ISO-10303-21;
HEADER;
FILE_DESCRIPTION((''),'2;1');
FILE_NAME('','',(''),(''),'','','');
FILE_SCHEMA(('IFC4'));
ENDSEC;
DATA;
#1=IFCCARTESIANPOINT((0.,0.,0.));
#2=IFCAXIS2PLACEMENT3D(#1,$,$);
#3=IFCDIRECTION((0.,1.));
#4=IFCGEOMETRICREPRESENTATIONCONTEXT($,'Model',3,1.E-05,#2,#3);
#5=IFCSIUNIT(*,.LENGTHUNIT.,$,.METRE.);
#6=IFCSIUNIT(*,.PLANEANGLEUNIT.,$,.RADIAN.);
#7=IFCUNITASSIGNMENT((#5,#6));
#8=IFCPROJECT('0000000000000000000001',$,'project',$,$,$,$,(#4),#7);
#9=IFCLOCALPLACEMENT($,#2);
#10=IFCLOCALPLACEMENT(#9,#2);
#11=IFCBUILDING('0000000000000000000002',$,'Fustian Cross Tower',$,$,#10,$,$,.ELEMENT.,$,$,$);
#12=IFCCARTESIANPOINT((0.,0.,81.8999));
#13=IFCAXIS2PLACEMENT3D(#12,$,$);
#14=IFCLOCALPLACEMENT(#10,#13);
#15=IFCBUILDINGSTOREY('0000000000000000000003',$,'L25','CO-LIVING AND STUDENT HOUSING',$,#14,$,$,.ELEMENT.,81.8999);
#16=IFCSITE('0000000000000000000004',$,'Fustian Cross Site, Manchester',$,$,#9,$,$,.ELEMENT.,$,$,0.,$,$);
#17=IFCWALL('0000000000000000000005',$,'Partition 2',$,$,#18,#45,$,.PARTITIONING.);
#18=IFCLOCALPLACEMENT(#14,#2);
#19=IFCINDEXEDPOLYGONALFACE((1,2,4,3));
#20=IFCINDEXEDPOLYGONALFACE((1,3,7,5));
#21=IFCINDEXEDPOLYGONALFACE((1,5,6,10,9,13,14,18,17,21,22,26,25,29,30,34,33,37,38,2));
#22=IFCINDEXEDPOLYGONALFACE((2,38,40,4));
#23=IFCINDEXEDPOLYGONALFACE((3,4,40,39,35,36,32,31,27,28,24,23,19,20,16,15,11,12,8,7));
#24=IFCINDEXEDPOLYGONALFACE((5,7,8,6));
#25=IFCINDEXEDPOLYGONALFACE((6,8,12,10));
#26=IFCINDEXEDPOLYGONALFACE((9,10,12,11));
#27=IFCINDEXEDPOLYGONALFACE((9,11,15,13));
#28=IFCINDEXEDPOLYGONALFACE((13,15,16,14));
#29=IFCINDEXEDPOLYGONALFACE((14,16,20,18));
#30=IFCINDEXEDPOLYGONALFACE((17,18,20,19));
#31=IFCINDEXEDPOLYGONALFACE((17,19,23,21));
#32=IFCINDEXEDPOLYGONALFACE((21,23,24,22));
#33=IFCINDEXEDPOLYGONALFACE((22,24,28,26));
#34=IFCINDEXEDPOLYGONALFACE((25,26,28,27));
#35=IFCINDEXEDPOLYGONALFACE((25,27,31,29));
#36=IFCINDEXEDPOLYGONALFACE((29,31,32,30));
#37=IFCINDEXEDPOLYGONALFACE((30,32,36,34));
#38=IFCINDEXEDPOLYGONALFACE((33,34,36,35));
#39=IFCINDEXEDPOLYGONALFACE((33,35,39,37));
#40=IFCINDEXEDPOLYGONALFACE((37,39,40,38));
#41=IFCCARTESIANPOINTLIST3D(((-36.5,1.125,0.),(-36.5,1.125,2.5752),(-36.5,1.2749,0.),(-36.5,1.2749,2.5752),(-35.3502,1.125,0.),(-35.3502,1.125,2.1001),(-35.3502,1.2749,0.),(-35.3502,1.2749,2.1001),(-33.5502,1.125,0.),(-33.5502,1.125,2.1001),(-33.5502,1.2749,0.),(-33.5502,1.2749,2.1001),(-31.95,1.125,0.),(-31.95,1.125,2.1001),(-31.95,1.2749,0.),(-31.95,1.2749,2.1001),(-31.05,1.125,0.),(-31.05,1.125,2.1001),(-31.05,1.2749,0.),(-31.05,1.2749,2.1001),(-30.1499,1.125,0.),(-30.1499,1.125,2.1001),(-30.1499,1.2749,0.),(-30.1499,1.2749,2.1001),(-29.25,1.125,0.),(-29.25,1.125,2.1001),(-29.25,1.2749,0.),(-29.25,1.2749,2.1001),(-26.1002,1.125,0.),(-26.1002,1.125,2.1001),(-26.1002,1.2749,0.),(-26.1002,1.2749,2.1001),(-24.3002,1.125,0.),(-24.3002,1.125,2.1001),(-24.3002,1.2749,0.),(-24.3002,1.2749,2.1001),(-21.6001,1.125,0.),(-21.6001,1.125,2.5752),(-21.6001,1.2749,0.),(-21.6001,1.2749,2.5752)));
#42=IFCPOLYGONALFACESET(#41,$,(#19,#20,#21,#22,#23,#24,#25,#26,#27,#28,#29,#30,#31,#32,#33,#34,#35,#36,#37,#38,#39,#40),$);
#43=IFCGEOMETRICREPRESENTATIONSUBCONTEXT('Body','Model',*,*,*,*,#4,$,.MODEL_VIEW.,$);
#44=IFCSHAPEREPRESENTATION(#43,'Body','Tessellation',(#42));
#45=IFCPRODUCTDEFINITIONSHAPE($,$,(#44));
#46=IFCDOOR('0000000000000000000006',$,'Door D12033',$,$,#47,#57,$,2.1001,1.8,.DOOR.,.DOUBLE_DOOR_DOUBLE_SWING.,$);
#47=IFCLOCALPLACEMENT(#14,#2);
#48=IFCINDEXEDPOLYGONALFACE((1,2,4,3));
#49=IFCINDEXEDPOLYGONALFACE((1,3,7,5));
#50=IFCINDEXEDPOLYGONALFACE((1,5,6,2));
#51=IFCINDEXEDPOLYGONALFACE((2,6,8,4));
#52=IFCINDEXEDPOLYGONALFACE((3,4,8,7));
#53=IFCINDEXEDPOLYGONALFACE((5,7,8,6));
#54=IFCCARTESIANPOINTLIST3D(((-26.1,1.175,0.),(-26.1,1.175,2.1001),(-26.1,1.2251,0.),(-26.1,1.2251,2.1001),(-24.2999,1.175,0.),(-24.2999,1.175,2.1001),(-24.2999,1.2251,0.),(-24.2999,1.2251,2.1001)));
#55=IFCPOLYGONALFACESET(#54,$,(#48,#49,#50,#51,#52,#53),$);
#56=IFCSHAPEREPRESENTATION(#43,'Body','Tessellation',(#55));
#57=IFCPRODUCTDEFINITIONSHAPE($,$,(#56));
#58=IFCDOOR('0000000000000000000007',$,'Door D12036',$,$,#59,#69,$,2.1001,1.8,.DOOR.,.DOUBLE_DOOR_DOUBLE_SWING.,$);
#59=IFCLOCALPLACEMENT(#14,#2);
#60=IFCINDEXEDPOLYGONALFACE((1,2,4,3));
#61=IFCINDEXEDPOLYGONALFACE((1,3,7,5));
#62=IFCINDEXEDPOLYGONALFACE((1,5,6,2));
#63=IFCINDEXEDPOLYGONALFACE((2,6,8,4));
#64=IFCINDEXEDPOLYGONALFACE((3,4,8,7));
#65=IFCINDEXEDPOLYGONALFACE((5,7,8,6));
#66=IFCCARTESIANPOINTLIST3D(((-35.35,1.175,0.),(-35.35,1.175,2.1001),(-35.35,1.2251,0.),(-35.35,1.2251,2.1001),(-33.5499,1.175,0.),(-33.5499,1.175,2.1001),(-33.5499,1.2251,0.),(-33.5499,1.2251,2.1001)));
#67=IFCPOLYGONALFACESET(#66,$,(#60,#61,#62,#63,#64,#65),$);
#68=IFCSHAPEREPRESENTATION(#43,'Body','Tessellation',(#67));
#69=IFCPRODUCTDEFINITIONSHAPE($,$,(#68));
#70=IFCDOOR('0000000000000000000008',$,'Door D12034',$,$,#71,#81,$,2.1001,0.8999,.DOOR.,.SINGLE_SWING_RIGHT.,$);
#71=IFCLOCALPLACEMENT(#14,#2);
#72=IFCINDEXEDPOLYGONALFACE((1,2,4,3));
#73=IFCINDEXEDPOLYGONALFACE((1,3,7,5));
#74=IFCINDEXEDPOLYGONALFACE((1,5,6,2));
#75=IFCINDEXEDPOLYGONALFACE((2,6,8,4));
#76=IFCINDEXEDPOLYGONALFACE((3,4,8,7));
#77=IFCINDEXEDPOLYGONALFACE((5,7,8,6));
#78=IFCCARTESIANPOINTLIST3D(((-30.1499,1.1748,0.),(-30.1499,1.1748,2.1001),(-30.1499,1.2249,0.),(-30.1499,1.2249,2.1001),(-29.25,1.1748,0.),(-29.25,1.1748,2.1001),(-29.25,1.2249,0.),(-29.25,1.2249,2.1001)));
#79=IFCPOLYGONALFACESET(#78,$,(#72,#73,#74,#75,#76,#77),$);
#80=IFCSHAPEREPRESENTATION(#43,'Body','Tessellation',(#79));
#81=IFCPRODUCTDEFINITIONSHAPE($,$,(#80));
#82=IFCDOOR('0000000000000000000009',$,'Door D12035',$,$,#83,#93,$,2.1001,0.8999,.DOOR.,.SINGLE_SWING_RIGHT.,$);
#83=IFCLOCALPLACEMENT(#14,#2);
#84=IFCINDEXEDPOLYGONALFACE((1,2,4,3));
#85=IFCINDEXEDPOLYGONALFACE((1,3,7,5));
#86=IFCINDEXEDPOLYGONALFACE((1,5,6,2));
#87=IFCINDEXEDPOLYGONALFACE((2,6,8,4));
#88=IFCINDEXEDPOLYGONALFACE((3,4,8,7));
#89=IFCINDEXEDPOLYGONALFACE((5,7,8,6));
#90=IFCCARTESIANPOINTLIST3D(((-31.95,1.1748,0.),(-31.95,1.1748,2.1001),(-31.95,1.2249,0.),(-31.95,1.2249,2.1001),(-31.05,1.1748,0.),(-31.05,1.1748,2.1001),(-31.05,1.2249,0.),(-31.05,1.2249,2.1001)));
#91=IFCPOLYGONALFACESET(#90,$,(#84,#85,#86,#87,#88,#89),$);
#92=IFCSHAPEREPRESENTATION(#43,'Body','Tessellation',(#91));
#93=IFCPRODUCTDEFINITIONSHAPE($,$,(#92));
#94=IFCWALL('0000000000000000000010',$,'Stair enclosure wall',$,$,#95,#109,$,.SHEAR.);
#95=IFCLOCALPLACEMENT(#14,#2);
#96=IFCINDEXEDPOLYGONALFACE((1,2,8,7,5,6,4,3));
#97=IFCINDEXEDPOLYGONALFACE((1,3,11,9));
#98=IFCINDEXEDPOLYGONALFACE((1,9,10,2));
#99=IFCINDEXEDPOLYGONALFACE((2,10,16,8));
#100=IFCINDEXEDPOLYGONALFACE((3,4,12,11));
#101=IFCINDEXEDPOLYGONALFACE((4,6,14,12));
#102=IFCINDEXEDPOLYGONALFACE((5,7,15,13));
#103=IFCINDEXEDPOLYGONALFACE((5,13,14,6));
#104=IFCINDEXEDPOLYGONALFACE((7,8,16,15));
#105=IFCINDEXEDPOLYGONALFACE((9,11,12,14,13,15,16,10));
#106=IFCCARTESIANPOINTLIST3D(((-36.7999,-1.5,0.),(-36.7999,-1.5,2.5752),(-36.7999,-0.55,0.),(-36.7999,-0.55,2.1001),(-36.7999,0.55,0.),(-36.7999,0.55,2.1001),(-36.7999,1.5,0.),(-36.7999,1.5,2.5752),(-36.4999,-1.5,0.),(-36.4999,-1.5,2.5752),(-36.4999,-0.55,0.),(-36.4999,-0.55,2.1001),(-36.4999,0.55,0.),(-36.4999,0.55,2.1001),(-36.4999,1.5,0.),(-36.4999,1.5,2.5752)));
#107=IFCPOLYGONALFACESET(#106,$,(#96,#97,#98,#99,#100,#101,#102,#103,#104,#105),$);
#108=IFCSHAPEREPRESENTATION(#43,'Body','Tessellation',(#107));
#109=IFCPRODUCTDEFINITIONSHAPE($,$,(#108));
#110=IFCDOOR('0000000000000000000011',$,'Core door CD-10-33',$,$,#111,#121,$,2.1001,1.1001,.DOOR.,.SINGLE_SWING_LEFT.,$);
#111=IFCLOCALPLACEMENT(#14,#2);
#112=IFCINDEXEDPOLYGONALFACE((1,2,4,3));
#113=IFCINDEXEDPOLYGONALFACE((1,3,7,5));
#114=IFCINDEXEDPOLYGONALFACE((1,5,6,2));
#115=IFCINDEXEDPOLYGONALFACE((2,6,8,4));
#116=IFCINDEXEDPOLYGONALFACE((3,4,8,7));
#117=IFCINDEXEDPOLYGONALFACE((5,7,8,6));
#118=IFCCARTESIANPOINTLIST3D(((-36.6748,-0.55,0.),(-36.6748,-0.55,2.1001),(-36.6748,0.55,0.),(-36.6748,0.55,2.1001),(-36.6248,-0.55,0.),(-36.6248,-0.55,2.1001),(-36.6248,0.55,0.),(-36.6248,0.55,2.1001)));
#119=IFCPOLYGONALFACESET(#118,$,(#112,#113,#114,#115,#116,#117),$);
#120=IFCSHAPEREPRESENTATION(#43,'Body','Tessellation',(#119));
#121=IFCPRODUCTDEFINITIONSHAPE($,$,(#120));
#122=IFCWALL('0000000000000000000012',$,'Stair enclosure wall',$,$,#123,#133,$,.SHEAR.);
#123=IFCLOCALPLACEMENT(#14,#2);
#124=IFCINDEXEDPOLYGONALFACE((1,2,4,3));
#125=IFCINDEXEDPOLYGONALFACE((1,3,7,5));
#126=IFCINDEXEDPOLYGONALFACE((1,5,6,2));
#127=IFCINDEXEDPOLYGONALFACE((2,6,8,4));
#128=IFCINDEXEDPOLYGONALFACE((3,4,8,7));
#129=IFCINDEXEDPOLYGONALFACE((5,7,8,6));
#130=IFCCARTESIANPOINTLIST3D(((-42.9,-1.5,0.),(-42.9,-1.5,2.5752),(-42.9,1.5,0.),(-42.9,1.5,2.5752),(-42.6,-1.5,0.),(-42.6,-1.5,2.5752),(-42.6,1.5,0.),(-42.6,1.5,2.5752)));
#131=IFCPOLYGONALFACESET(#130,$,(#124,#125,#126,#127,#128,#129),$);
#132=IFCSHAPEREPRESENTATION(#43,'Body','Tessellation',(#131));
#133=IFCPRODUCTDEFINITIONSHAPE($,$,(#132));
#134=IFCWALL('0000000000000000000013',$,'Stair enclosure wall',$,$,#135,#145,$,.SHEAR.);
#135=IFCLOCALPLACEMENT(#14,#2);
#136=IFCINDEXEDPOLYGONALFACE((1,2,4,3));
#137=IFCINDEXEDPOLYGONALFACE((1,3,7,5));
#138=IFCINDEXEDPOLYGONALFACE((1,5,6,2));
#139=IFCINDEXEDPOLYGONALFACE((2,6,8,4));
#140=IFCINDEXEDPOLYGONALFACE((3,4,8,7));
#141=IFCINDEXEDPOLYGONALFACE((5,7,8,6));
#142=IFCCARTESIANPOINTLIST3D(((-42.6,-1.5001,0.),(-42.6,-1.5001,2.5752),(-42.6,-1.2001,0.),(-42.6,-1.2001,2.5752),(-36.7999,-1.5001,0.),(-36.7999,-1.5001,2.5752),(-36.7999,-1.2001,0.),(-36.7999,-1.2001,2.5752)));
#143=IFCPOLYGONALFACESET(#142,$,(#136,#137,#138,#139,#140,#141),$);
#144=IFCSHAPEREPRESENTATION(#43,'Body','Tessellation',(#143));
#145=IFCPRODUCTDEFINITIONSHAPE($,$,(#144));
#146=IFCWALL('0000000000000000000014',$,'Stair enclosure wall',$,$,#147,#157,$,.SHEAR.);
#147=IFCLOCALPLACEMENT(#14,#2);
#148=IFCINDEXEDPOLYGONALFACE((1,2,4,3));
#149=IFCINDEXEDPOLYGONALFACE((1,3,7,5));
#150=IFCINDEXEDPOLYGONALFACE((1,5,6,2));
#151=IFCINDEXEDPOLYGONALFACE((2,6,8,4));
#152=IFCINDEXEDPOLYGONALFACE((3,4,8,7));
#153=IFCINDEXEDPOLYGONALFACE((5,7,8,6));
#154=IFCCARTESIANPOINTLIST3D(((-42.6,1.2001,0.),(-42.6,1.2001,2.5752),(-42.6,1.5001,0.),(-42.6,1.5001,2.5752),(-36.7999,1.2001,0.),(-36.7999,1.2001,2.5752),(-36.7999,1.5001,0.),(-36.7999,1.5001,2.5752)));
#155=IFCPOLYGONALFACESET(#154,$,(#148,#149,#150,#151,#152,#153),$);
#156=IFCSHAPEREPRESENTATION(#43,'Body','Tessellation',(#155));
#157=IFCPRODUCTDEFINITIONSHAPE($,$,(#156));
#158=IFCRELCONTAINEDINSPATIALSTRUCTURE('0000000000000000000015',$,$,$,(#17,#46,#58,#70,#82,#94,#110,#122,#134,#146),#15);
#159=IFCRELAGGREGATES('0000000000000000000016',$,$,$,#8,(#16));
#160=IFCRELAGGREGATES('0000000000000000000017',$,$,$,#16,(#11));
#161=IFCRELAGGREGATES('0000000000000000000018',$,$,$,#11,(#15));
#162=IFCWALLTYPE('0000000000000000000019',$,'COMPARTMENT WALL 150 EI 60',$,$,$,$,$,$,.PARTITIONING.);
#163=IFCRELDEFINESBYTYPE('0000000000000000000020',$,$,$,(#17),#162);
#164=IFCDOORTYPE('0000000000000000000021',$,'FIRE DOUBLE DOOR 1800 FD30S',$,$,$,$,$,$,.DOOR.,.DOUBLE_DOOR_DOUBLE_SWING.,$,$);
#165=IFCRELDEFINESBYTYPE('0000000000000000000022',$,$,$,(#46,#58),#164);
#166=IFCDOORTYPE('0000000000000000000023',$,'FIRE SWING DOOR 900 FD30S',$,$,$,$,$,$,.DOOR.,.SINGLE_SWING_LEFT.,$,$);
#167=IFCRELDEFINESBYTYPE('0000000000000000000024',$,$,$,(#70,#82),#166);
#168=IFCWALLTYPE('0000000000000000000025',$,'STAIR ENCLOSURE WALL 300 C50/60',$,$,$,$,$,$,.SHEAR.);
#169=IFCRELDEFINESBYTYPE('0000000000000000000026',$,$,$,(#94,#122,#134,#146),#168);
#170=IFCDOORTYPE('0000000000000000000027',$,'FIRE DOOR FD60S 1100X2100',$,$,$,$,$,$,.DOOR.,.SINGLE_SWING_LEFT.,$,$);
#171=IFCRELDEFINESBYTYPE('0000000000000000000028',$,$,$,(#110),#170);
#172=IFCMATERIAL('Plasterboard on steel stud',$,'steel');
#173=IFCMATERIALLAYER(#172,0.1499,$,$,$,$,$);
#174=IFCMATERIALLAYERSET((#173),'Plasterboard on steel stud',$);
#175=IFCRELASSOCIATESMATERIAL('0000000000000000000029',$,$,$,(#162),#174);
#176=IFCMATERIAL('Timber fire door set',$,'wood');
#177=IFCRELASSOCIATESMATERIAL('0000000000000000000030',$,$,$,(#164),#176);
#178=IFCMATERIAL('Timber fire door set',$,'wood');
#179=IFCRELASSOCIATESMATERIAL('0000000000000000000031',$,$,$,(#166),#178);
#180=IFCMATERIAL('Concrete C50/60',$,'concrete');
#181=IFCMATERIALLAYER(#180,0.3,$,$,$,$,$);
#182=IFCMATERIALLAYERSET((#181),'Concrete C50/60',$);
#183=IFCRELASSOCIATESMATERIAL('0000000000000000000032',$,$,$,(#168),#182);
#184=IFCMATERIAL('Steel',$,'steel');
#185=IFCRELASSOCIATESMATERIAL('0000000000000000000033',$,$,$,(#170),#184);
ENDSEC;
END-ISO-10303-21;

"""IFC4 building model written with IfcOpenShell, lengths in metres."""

from ifc_helpers import new_model, si_unit, direction, frame, frame_2d, origin, place, context, subcontext, project, spatial, rectangle, extrude, material, layer, layer_set, type_object, element, fill, save


model = new_model("IFC4")

# Units and contexts
model_context = context("Model", 3, precision=1e-05, world=origin(), true_north=direction((0.0, 1.0)))
body_context = subcontext(model_context, "Body", "Model", "MODEL_VIEW")
ifc_project = project(units=[si_unit("LENGTHUNIT", "METRE"), si_unit("PLANEANGLEUNIT", "RADIAN")], contexts=[model_context])

# Site, building, storey
site_placement = place(None, origin())
site = spatial("IfcSite", under=ifc_project, at=site_placement, Name="Fustian Cross Site, Manchester", CompositionType="ELEMENT", RefElevation=0.0)
building_placement = place(site_placement, origin())
building = spatial("IfcBuilding", under=site, at=building_placement, Name="Fustian Cross Tower", CompositionType="ELEMENT")
storey_placement = place(building_placement, frame((0.0, 0.0, 81.8999)))
storey = spatial("IfcBuildingStorey", under=building, at=storey_placement, Name="L25", Description="CO-LIVING AND STUDENT HOUSING", CompositionType="ELEMENT", Elevation=81.8999)

# Wall, openings, doors
ifc_material_1 = material(Name="Plasterboard on steel stud", Category="steel")
ifc_layer_1 = layer(ifc_material_1, 0.1499)
ifc_layer_set_1 = layer_set([ifc_layer_1], Name="Plasterboard on steel stud")
wall_type_1 = type_object("IfcWallType", Name="COMPARTMENT WALL 150 EI 60", PredefinedType="PARTITIONING", material=ifc_layer_set_1)
ifc_material_2 = material(Name="Timber fire door set", Category="wood")
door_type_1 = type_object("IfcDoorType", Name="FIRE DOUBLE DOOR 1800 FD30S", OperationType="DOUBLE_DOOR_DOUBLE_SWING", PredefinedType="DOOR", material=ifc_material_2)
ifc_material_3 = material(Name="Timber fire door set", Category="wood")
door_type_2 = type_object("IfcDoorType", Name="FIRE SWING DOOR 900 FD30S", OperationType="SINGLE_SWING_LEFT", PredefinedType="DOOR", material=ifc_material_3)
wall_1_placement = place(storey_placement, frame((-36.5, 1.2, 0.0), z_axis=(0.0, 0.0, 1.0), x_axis=(1.0, 0.0, 0.0)))
wall_1 = element("IfcWall", 1, at=wall_1_placement, inside=storey, type_object=wall_type_1, Name="Partition 2", PredefinedType="PARTITIONING", context=body_context, shape_type="SweptSolid", body=[
    extrude(rectangle(XDim=14.8999, YDim=0.1499, at=frame_2d((7.45, 0.0))), origin(), (0.0, 0.0, 1.0), 2.5752),
])
opening_1_placement = place(wall_1_placement, frame((10.3999, 0.0, 0.0)))
opening_1 = element("IfcOpeningElement", 2, at=opening_1_placement, cuts=wall_1, PredefinedType="OPENING", context=body_context, shape_type="SweptSolid", body=[
    extrude(rectangle(XDim=1.8, YDim=2.1001, at=frame_2d((0.8999, 1.05))), frame((0.0, 0.085, 0.0), z_axis=(0.0, -1.0, 0.0), x_axis=(1.0, 0.0, 0.0)), (0.0, 0.0, 1.0), 0.1699),
])
opening_2_placement = place(wall_1_placement, frame((6.3501, 0.0, 0.0)))
opening_2 = element("IfcOpeningElement", 3, at=opening_2_placement, cuts=wall_1, PredefinedType="OPENING", context=body_context, shape_type="SweptSolid", body=[
    extrude(rectangle(XDim=0.8999, YDim=2.1001, at=frame_2d((0.45, 1.05))), frame((0.0, 0.085, 0.0), z_axis=(0.0, -1.0, 0.0), x_axis=(1.0, 0.0, 0.0)), (0.0, 0.0, 1.0), 0.1699),
])
opening_3_placement = place(wall_1_placement, frame((4.55, 0.0, 0.0)))
opening_3 = element("IfcOpeningElement", 4, at=opening_3_placement, cuts=wall_1, PredefinedType="OPENING", context=body_context, shape_type="SweptSolid", body=[
    extrude(rectangle(XDim=0.8999, YDim=2.1001, at=frame_2d((0.45, 1.05))), frame((0.0, 0.085, 0.0), z_axis=(0.0, -1.0, 0.0), x_axis=(1.0, 0.0, 0.0)), (0.0, 0.0, 1.0), 0.1699),
])
opening_4_placement = place(wall_1_placement, frame((1.1499, 0.0, 0.0)))
opening_4 = element("IfcOpeningElement", 5, at=opening_4_placement, cuts=wall_1, PredefinedType="OPENING", context=body_context, shape_type="SweptSolid", body=[
    extrude(rectangle(XDim=1.8, YDim=2.1001, at=frame_2d((0.8999, 1.05))), frame((0.0, 0.085, 0.0), z_axis=(0.0, -1.0, 0.0), x_axis=(1.0, 0.0, 0.0)), (0.0, 0.0, 1.0), 0.1699),
])
door_1_placement = place(opening_1_placement, frame((1.8, 0.0, 0.0), z_axis=(0.0, 0.0, 1.0), x_axis=(-1.0, 0.0, 0.0)))
door_1 = element("IfcDoor", 6, at=door_1_placement, inside=storey, type_object=door_type_1, Name="Door D12033", OperationType="DOUBLE_DOOR_DOUBLE_SWING", OverallHeight=2.1001, OverallWidth=1.8, PredefinedType="DOOR", context=body_context, shape_type="SweptSolid", body=[
    extrude(rectangle(XDim=1.8, YDim=2.1001, at=frame_2d((0.8999, 1.05))), frame((0.0, 0.0249, 0.0), z_axis=(0.0, -1.0, 0.0), x_axis=(1.0, 0.0, 0.0)), (0.0, 0.0, 1.0), 0.05),
])
fill(opening_1, door_1)
door_2_placement = place(opening_4_placement, frame((1.8, 0.0, 0.0), z_axis=(0.0, 0.0, 1.0), x_axis=(-1.0, 0.0, 0.0)))
door_2 = element("IfcDoor", 7, at=door_2_placement, inside=storey, type_object=door_type_1, Name="Door D12036", OperationType="DOUBLE_DOOR_DOUBLE_SWING", OverallHeight=2.1001, OverallWidth=1.8, PredefinedType="DOOR", context=body_context, shape_type="SweptSolid", body=[
    extrude(rectangle(XDim=1.8, YDim=2.1001, at=frame_2d((0.8999, 1.05))), frame((0.0, 0.0249, 0.0), z_axis=(0.0, -1.0, 0.0), x_axis=(1.0, 0.0, 0.0)), (0.0, 0.0, 1.0), 0.05),
])
fill(opening_4, door_2)
door_3_placement = place(opening_2_placement, origin())
door_3 = element("IfcDoor", 8, at=door_3_placement, inside=storey, type_object=door_type_2, Name="Door D12034", OperationType="SINGLE_SWING_RIGHT", OverallHeight=2.1001, OverallWidth=0.8999, PredefinedType="DOOR", context=body_context, shape_type="SweptSolid", body=[
    extrude(rectangle(XDim=0.8999, YDim=2.1001, at=frame_2d((0.45, 1.05))), frame((0.0, 0.0249, 0.0), z_axis=(0.0, -1.0, 0.0), x_axis=(1.0, 0.0, 0.0)), (0.0, 0.0, 1.0), 0.05),
])
fill(opening_2, door_3)
door_4_placement = place(opening_3_placement, origin())
door_4 = element("IfcDoor", 9, at=door_4_placement, inside=storey, type_object=door_type_2, Name="Door D12035", OperationType="SINGLE_SWING_RIGHT", OverallHeight=2.1001, OverallWidth=0.8999, PredefinedType="DOOR", context=body_context, shape_type="SweptSolid", body=[
    extrude(rectangle(XDim=0.8999, YDim=2.1001, at=frame_2d((0.45, 1.05))), frame((0.0, 0.0249, 0.0), z_axis=(0.0, -1.0, 0.0), x_axis=(1.0, 0.0, 0.0)), (0.0, 0.0, 1.0), 0.05),
])
fill(opening_3, door_4)

# Wall, opening, door
ifc_material_4 = material(Name="Concrete C50/60", Category="concrete")
ifc_layer_2 = layer(ifc_material_4, 0.3)
ifc_layer_set_2 = layer_set([ifc_layer_2], Name="Concrete C50/60")
wall_type_2 = type_object("IfcWallType", Name="STAIR ENCLOSURE WALL 300 C50/60", PredefinedType="SHEAR", material=ifc_layer_set_2)
wall_2_placement = place(storey_placement, frame((-36.6499, -1.5, 0.0), z_axis=(0.0, 0.0, 1.0), x_axis=(0.0, 1.0, 0.0)))
wall_2 = element("IfcWall", 10, at=wall_2_placement, inside=storey, type_object=wall_type_2, Name="Stair enclosure wall", PredefinedType="SHEAR", context=body_context, shape_type="SweptSolid", body=[
    extrude(rectangle(XDim=3.0, YDim=0.3, at=frame_2d((1.5, 0.0))), origin(), (0.0, 0.0, 1.0), 2.5752),
])
opening_5_placement = place(wall_2_placement, frame((0.95, 0.0, 0.0)))
opening_5 = element("IfcOpeningElement", 11, at=opening_5_placement, cuts=wall_2, PredefinedType="OPENING", context=body_context, shape_type="SweptSolid", body=[
    extrude(rectangle(XDim=1.1001, YDim=2.1001, at=frame_2d((0.55, 1.05))), frame((0.0, 0.1599, 0.0), z_axis=(0.0, -1.0, 0.0), x_axis=(1.0, 0.0, 0.0)), (0.0, 0.0, 1.0), 0.3201),
])
ifc_material_5 = material(Name="Steel", Category="steel")
door_type_3 = type_object("IfcDoorType", Name="FIRE DOOR FD60S 1100X2100", OperationType="SINGLE_SWING_LEFT", PredefinedType="DOOR", material=ifc_material_5)
door_5_placement = place(opening_5_placement, origin())
door_5 = element("IfcDoor", 12, at=door_5_placement, inside=storey, type_object=door_type_3, Name="Core door CD-10-33", OperationType="SINGLE_SWING_LEFT", OverallHeight=2.1001, OverallWidth=1.1001, PredefinedType="DOOR", context=body_context, shape_type="SweptSolid", body=[
    extrude(rectangle(XDim=1.1001, YDim=2.1001, at=frame_2d((0.55, 1.05))), frame((0.0, 0.0249, 0.0), z_axis=(0.0, -1.0, 0.0), x_axis=(1.0, 0.0, 0.0)), (0.0, 0.0, 1.0), 0.05),
])
fill(opening_5, door_5)

# Walls
wall_3_placement = place(storey_placement, frame((-42.75, -1.5, 0.0), z_axis=(0.0, 0.0, 1.0), x_axis=(0.0, 1.0, 0.0)))
element("IfcWall", 13, at=wall_3_placement, inside=storey, type_object=wall_type_2, Name="Stair enclosure wall", PredefinedType="SHEAR", context=body_context, shape_type="SweptSolid", body=[
    extrude(rectangle(XDim=3.0, YDim=0.3, at=frame_2d((1.5, 0.0))), origin(), (0.0, 0.0, 1.0), 2.5752),
])
for number, where, z_axis, x_axis, name in (
    (14, (-36.8, -1.3501, 0.0), (0.0, 0.0, 1.0), (-1.0, 0.0, 0.0), "Stair enclosure wall"),
    (15, (-36.8, 1.3501, 0.0), (0.0, 0.0, 1.0), (-1.0, 0.0, 0.0), "Stair enclosure wall"),
):
    element("IfcWall", number, at=place(storey_placement, frame(where, z_axis=z_axis, x_axis=x_axis)), inside=storey, type_object=wall_type_2, Name=name, PredefinedType="SHEAR", context=body_context, shape_type="SweptSolid", body=[
        extrude(rectangle(XDim=5.8, YDim=0.3, at=frame_2d((2.8999, 0.0))), origin(), (0.0, 0.0, 1.0), 2.5752),
    ])

save(model, "model.ifc")
